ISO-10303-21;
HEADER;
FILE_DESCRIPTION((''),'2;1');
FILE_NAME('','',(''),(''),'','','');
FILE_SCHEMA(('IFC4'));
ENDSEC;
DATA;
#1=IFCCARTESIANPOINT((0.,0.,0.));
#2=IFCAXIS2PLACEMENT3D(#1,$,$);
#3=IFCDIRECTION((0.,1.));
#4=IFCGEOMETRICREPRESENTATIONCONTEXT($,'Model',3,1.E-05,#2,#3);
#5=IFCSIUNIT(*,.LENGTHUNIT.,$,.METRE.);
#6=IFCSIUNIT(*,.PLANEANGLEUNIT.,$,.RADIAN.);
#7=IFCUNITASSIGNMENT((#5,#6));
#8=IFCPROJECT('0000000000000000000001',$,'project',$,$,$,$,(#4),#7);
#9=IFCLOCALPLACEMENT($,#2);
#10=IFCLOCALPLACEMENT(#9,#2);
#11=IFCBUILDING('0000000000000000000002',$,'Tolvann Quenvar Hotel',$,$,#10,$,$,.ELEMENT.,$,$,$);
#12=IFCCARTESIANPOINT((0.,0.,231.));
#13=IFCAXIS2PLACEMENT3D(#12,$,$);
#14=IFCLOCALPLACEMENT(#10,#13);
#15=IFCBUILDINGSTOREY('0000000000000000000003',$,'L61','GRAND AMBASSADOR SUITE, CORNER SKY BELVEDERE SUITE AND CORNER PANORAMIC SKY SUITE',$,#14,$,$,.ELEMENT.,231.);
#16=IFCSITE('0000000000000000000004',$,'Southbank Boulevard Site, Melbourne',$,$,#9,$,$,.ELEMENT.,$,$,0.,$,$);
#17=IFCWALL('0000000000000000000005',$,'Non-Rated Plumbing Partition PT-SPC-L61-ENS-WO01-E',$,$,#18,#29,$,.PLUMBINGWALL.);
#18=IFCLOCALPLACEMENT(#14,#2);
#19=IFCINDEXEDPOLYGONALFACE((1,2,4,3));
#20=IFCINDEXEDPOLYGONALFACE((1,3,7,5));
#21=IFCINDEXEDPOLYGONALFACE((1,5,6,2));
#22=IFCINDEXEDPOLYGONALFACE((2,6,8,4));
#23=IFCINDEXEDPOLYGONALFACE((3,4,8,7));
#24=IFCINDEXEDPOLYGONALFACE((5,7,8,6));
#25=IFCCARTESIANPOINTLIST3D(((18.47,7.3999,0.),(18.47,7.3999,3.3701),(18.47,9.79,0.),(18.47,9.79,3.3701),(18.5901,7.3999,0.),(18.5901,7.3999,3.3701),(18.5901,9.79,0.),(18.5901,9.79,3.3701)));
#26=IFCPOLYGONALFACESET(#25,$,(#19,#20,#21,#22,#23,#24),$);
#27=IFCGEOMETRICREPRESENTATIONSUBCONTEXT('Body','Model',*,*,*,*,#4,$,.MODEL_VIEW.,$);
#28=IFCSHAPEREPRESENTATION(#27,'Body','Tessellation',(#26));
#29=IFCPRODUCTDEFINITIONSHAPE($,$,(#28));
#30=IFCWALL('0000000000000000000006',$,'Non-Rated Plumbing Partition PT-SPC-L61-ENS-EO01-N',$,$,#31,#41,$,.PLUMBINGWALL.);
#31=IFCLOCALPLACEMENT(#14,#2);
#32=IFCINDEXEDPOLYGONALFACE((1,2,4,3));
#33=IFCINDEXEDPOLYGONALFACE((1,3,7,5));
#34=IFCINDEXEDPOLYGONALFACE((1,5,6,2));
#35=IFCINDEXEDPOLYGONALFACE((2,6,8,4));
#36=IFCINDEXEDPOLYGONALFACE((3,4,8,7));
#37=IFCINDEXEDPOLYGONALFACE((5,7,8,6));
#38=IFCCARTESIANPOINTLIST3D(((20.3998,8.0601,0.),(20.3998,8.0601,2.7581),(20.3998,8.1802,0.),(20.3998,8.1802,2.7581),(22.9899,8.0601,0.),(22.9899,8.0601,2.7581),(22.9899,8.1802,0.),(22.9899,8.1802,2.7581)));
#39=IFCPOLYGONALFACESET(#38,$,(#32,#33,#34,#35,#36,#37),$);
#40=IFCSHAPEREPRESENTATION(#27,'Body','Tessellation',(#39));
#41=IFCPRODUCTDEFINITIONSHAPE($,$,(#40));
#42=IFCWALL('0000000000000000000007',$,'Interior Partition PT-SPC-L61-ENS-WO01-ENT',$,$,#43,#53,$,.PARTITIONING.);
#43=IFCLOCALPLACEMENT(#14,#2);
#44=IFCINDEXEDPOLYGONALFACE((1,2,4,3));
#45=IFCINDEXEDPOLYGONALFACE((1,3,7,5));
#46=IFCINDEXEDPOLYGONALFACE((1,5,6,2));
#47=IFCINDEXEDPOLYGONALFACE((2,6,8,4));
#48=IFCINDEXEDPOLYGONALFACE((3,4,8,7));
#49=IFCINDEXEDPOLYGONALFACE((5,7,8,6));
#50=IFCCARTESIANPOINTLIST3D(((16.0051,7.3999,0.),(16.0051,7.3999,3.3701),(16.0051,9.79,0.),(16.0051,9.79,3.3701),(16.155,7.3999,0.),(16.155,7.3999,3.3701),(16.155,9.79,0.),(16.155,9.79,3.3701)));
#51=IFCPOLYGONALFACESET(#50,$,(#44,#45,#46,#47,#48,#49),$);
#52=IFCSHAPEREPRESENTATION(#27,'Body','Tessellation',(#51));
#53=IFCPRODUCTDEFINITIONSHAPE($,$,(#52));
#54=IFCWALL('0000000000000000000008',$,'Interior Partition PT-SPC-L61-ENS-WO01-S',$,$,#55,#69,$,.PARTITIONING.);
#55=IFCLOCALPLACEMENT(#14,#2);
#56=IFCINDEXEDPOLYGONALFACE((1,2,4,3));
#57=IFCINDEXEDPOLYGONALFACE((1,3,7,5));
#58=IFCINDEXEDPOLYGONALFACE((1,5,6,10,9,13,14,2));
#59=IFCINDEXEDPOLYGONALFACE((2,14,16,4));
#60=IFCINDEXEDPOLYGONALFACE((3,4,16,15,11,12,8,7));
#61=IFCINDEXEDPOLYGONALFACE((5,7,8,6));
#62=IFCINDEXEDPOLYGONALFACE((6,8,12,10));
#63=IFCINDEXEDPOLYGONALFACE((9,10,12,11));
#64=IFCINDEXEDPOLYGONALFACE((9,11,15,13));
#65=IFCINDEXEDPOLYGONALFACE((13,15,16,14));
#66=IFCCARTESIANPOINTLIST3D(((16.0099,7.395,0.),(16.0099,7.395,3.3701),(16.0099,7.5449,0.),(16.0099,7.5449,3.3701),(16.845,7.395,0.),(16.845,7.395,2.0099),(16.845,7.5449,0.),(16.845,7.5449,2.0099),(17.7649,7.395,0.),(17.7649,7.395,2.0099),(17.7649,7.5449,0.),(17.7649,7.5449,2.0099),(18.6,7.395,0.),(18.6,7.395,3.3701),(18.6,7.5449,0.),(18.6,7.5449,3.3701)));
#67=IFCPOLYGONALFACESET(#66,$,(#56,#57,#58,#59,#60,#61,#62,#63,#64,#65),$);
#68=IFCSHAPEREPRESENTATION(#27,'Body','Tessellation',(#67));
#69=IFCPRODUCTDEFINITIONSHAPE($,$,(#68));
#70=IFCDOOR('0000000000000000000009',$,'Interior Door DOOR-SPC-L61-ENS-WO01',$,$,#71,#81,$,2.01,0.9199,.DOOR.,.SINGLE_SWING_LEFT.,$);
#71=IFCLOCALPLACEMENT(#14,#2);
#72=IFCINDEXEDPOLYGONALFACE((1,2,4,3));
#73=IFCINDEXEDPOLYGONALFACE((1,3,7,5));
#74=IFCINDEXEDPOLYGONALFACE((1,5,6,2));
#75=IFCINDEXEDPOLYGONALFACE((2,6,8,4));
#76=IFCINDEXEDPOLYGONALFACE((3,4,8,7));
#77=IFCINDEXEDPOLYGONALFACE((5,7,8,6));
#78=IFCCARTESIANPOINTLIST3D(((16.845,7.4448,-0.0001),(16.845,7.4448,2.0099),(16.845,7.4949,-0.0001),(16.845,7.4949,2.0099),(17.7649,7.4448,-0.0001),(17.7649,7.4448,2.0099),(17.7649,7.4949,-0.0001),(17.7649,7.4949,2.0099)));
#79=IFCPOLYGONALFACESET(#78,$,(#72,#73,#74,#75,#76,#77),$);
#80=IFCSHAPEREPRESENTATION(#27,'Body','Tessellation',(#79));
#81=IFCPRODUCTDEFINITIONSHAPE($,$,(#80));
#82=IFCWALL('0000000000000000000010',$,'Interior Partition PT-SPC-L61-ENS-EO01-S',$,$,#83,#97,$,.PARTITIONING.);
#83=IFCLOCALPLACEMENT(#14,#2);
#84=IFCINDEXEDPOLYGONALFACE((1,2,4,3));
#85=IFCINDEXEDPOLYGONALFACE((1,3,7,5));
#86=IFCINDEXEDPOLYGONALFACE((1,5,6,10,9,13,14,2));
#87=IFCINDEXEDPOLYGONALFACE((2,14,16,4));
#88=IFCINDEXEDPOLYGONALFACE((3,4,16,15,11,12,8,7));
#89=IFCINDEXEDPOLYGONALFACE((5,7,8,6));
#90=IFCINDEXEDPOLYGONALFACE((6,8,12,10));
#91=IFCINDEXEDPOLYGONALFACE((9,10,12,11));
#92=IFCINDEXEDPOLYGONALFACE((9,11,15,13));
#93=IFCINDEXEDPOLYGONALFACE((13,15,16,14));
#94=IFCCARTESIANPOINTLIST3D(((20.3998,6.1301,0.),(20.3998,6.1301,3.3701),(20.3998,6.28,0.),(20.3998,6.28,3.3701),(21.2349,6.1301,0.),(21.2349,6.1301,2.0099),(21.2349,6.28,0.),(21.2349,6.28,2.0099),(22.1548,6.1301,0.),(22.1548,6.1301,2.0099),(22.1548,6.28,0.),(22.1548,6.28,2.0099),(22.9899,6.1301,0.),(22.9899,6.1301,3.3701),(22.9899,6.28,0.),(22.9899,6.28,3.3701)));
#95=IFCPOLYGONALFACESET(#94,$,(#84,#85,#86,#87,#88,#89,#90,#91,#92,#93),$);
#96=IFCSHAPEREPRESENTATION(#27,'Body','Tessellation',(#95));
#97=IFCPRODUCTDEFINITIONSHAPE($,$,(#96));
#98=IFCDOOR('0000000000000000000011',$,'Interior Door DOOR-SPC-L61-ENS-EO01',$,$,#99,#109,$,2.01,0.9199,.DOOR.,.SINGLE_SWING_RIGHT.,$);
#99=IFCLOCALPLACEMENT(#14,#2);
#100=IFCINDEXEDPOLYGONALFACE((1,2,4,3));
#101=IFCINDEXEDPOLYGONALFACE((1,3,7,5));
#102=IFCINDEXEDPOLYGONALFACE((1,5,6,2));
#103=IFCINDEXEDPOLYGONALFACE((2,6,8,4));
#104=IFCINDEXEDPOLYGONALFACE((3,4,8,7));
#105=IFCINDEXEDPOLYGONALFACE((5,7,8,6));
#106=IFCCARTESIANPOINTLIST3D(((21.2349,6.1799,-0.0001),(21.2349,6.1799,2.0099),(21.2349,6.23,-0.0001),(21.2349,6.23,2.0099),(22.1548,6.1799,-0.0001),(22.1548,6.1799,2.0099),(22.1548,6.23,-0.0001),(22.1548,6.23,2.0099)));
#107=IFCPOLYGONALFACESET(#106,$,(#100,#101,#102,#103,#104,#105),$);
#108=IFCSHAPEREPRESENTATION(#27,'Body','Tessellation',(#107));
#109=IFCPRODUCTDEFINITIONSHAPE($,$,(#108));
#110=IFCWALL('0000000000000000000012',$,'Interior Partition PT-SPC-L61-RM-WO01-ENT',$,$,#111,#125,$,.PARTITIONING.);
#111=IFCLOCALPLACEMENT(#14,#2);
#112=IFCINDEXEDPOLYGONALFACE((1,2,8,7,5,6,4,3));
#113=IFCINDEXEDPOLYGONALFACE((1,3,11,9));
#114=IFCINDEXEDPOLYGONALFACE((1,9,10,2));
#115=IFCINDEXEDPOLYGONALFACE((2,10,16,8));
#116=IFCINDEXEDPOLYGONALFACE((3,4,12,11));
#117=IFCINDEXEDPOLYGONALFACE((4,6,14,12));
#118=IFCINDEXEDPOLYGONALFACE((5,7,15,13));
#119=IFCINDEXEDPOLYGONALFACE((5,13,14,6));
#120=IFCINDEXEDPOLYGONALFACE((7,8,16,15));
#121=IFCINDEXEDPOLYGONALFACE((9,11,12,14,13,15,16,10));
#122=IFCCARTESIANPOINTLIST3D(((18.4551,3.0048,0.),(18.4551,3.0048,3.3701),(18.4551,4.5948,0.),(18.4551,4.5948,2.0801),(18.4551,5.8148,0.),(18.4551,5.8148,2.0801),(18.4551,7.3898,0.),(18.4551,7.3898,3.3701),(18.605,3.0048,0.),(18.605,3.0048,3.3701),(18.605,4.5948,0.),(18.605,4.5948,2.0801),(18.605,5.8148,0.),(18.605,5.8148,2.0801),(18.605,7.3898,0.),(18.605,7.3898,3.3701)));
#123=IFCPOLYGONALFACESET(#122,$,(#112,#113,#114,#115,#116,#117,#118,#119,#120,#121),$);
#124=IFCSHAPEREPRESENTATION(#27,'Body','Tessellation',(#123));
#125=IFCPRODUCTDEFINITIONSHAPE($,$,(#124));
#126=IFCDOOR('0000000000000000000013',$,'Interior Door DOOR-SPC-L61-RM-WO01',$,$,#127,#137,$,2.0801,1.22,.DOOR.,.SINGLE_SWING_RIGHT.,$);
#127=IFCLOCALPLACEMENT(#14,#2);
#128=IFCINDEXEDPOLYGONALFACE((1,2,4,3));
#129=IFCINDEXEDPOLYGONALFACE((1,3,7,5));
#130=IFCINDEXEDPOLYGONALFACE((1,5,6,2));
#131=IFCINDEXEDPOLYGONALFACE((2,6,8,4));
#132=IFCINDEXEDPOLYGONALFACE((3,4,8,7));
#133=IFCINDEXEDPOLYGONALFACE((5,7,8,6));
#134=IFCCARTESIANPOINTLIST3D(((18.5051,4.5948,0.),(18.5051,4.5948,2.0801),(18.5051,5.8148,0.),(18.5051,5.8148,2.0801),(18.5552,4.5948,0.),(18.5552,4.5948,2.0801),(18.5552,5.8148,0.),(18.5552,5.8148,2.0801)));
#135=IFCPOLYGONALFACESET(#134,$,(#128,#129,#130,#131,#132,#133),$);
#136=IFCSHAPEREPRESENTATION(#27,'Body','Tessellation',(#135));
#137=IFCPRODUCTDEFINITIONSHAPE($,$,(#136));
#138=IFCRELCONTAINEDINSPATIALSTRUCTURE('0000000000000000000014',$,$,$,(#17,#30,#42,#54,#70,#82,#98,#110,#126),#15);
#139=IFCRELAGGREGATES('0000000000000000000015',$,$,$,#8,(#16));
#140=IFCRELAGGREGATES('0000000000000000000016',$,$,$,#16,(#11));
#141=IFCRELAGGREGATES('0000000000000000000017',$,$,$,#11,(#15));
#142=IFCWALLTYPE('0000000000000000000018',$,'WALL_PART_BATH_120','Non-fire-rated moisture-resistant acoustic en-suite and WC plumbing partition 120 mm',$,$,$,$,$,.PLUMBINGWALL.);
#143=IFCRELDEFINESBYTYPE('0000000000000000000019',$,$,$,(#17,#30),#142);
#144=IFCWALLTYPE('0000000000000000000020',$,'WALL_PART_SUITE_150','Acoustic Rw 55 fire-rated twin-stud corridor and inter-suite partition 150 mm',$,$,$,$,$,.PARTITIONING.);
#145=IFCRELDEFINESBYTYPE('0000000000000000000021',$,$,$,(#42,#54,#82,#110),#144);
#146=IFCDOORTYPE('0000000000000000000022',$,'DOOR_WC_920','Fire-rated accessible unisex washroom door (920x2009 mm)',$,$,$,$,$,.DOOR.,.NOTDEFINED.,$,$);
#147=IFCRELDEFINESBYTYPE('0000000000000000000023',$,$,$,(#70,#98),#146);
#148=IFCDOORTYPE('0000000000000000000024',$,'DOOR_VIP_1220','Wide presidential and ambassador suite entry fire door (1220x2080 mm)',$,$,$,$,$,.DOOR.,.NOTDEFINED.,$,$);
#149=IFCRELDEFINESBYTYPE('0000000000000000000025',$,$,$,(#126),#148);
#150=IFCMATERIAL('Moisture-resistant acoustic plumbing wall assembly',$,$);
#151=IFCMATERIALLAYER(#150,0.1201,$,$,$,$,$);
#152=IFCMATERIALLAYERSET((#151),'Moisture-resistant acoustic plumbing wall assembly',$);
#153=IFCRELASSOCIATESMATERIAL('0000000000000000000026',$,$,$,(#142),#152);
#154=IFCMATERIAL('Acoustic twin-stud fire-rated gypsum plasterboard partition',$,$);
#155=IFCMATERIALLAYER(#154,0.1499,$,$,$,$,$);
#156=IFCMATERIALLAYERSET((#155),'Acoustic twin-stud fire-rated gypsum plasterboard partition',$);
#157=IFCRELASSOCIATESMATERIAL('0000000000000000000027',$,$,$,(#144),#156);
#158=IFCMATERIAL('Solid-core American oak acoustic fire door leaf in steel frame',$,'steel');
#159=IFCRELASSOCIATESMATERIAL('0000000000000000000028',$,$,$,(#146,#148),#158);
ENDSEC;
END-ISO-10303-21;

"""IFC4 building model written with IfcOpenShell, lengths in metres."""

from ifc_helpers import new_model, si_unit, direction, frame, frame_2d, origin, place, context, subcontext, project, spatial, rectangle, extrude, source, transform, mapped, material, layer, layer_set, type_object, type_shapes, element, fill, save


model = new_model("IFC4")

# Units and contexts
model_context = context("Model", 3, precision=1e-05, world=origin(), true_north=direction((0.0, 1.0)))
body_context = subcontext(model_context, "Body", "Model", "MODEL_VIEW")
ifc_project = project(units=[si_unit("LENGTHUNIT", "METRE"), si_unit("PLANEANGLEUNIT", "RADIAN")], contexts=[model_context])

# Site, building, storey
site_placement = place(None, origin())
site = spatial("IfcSite", under=ifc_project, at=site_placement, Name="Southbank Boulevard Site, Melbourne", CompositionType="ELEMENT", RefElevation=0.0)
building_placement = place(site_placement, origin())
building = spatial("IfcBuilding", under=site, at=building_placement, Name="Tolvann Quenvar Hotel", CompositionType="ELEMENT")
storey_placement = place(building_placement, frame((0.0, 0.0, 231.0)))
storey = spatial("IfcBuildingStorey", under=building, at=storey_placement, Name="L61", Description="GRAND AMBASSADOR SUITE, CORNER SKY BELVEDERE SUITE AND CORNER PANORAMIC SKY SUITE", CompositionType="ELEMENT", Elevation=231.0)

# Walls
ifc_material_1 = material(Name="Moisture-resistant acoustic plumbing wall assembly")
ifc_layer_1 = layer(ifc_material_1, 0.1201)
ifc_layer_set_1 = layer_set([ifc_layer_1], Name="Moisture-resistant acoustic plumbing wall assembly")
wall_type_1 = type_object("IfcWallType", Name="WALL_PART_BATH_120", Description="Non-fire-rated moisture-resistant acoustic en-suite and WC plumbing partition 120 mm", PredefinedType="PLUMBINGWALL", material=ifc_layer_set_1)
wall_1_placement = place(storey_placement, frame((18.53, 7.3999, 0.0), z_axis=(0.0, 0.0, 1.0), x_axis=(0.0, 1.0, 0.0)))
element("IfcWall", 1, at=wall_1_placement, inside=storey, type_object=wall_type_1, Name="Non-Rated Plumbing Partition PT-SPC-L61-ENS-WO01-E", PredefinedType="PLUMBINGWALL", context=body_context, shape_type="SweptSolid", body=[
    extrude(rectangle(XDim=2.3901, YDim=0.1201, at=frame_2d((1.1951, 0.0))), origin(), (0.0, 0.0, 1.0), 3.3701),
])
wall_2_placement = place(storey_placement, frame((20.3999, 8.1201, 0.0), z_axis=(0.0, 0.0, 1.0), x_axis=(1.0, 0.0, 0.0)))
element("IfcWall", 2, at=wall_2_placement, inside=storey, type_object=wall_type_1, Name="Non-Rated Plumbing Partition PT-SPC-L61-ENS-EO01-N", PredefinedType="PLUMBINGWALL", context=body_context, shape_type="SweptSolid", body=[
    extrude(rectangle(XDim=2.5901, YDim=0.1201, at=frame_2d((1.2949, 0.0))), origin(), (0.0, 0.0, 1.0), 2.7581),
])
ifc_material_2 = material(Name="Acoustic twin-stud fire-rated gypsum plasterboard partition")
ifc_layer_2 = layer(ifc_material_2, 0.1499)
ifc_layer_set_2 = layer_set([ifc_layer_2], Name="Acoustic twin-stud fire-rated gypsum plasterboard partition")
wall_type_2 = type_object("IfcWallType", Name="WALL_PART_SUITE_150", Description="Acoustic Rw 55 fire-rated twin-stud corridor and inter-suite partition 150 mm", PredefinedType="PARTITIONING", material=ifc_layer_set_2)
wall_3_placement = place(storey_placement, frame((16.0801, 7.3999, 0.0), z_axis=(0.0, 0.0, 1.0), x_axis=(0.0, 1.0, 0.0)))
element("IfcWall", 3, at=wall_3_placement, inside=storey, type_object=wall_type_2, Name="Interior Partition PT-SPC-L61-ENS-WO01-ENT", PredefinedType="PARTITIONING", context=body_context, shape_type="SweptSolid", body=[
    extrude(rectangle(XDim=2.3901, YDim=0.1499, at=frame_2d((1.1951, 0.0))), origin(), (0.0, 0.0, 1.0), 3.3701),
])

# Walls, openings, doors
wall_4_placement = place(storey_placement, frame((16.01, 7.47, 0.0), z_axis=(0.0, 0.0, 1.0), x_axis=(1.0, 0.0, 0.0)))
wall_4 = element("IfcWall", 4, at=wall_4_placement, inside=storey, type_object=wall_type_2, Name="Interior Partition PT-SPC-L61-ENS-WO01-S", PredefinedType="PARTITIONING", context=body_context, shape_type="SweptSolid", body=[
    extrude(rectangle(XDim=2.5901, YDim=0.1499, at=frame_2d((1.2949, 0.0))), origin(), (0.0, 0.0, 1.0), 3.3701),
])
opening_1_placement = place(wall_4_placement, frame((0.835, 0.0, 0.0)))
opening_1 = element("IfcOpeningElement", 5, at=opening_1_placement, cuts=wall_4, PredefinedType="OPENING", context=body_context, shape_type="SweptSolid", body=[
    extrude(rectangle(XDim=0.9199, YDim=2.01, at=frame_2d((0.46, 1.0049))), frame((0.0, 0.085, 0.0), z_axis=(0.0, -1.0, 0.0), x_axis=(1.0, 0.0, 0.0)), (0.0, 0.0, 1.0), 0.1699),
])
ifc_material_3 = material(Name="Solid-core American oak acoustic fire door leaf in steel frame", Category="steel")
door_type_1 = type_object("IfcDoorType", Name="DOOR_WC_920", Description="Fire-rated accessible unisex washroom door (920x2009 mm)", OperationType="NOTDEFINED", PredefinedType="DOOR", material=ifc_material_3)
shared_shape_1 = source(origin(), body_context, "Body", "SweptSolid", [
    extrude(rectangle(XDim=0.9199, YDim=2.01, at=frame_2d((0.46, 1.0049))), frame((0.0, 0.0249, 0.0), z_axis=(0.0, -1.0, 0.0), x_axis=(1.0, 0.0, 0.0)), (0.0, 0.0, 1.0), 0.05),
])
type_shapes(door_type_1, [shared_shape_1])
door_1_placement = place(opening_1_placement, origin())
door_1 = element("IfcDoor", 6, at=door_1_placement, inside=storey, type_object=door_type_1, Name="Interior Door DOOR-SPC-L61-ENS-WO01", OperationType="SINGLE_SWING_LEFT", OverallHeight=2.01, OverallWidth=0.9199, PredefinedType="DOOR", context=body_context, shape_type="MappedRepresentation", body=[
    mapped(shared_shape_1, transform((0.0, 0.0, 0.0), x_axis=(1.0, 0.0, 0.0), y_axis=(0.0, 1.0, 0.0), z_axis=(0.0, 0.0, 1.0), scale=1.0)),
])
fill(opening_1, door_1)
wall_5_placement = place(storey_placement, frame((20.3999, 6.2051, 0.0), z_axis=(0.0, 0.0, 1.0), x_axis=(1.0, 0.0, 0.0)))
wall_5 = element("IfcWall", 7, at=wall_5_placement, inside=storey, type_object=wall_type_2, Name="Interior Partition PT-SPC-L61-ENS-EO01-S", PredefinedType="PARTITIONING", context=body_context, shape_type="SweptSolid", body=[
    extrude(rectangle(XDim=2.5901, YDim=0.1499, at=frame_2d((1.2949, 0.0))), origin(), (0.0, 0.0, 1.0), 3.3701),
])
opening_2_placement = place(wall_5_placement, frame((0.835, 0.0, 0.0)))
opening_2 = element("IfcOpeningElement", 8, at=opening_2_placement, cuts=wall_5, PredefinedType="OPENING", context=body_context, shape_type="SweptSolid", body=[
    extrude(rectangle(XDim=0.9199, YDim=2.01, at=frame_2d((0.46, 1.0049))), frame((0.0, 0.085, 0.0), z_axis=(0.0, -1.0, 0.0), x_axis=(1.0, 0.0, 0.0)), (0.0, 0.0, 1.0), 0.1699),
])
door_2_placement = place(opening_2_placement, origin())
door_2 = element("IfcDoor", 9, at=door_2_placement, inside=storey, type_object=door_type_1, Name="Interior Door DOOR-SPC-L61-ENS-EO01", OperationType="SINGLE_SWING_RIGHT", OverallHeight=2.01, OverallWidth=0.9199, PredefinedType="DOOR", context=body_context, shape_type="MappedRepresentation", body=[
    mapped(shared_shape_1, transform((0.0, 0.0, 0.0), x_axis=(1.0, 0.0, 0.0), y_axis=(0.0, 1.0, 0.0), z_axis=(0.0, 0.0, 1.0), scale=1.0)),
])
fill(opening_2, door_2)
wall_6_placement = place(storey_placement, frame((18.53, 3.0049, 0.0), z_axis=(0.0, 0.0, 1.0), x_axis=(0.0, 1.0, 0.0)))
wall_6 = element("IfcWall", 10, at=wall_6_placement, inside=storey, type_object=wall_type_2, Name="Interior Partition PT-SPC-L61-RM-WO01-ENT", PredefinedType="PARTITIONING", context=body_context, shape_type="SweptSolid", body=[
    extrude(rectangle(XDim=4.385, YDim=0.1499, at=frame_2d((2.1924, 0.0))), origin(), (0.0, 0.0, 1.0), 3.3701),
])
opening_3_placement = place(wall_6_placement, frame((1.5901, 0.0, 0.0)))
opening_3 = element("IfcOpeningElement", 11, at=opening_3_placement, cuts=wall_6, PredefinedType="OPENING", context=body_context, shape_type="SweptSolid", body=[
    extrude(rectangle(XDim=1.22, YDim=2.0801, at=frame_2d((0.6099, 1.04))), frame((0.0, 0.085, 0.0), z_axis=(0.0, -1.0, 0.0), x_axis=(1.0, 0.0, 0.0)), (0.0, 0.0, 1.0), 0.1699),
])
door_type_2 = type_object("IfcDoorType", Name="DOOR_VIP_1220", Description="Wide presidential and ambassador suite entry fire door (1220x2080 mm)", OperationType="NOTDEFINED", PredefinedType="DOOR", material=ifc_material_3)
shared_shape_2 = source(origin(), body_context, "Body", "SweptSolid", [
    extrude(rectangle(XDim=1.22, YDim=2.0801, at=frame_2d((0.6099, 1.04))), frame((0.0, 0.0249, 0.0), z_axis=(0.0, -1.0, 0.0), x_axis=(1.0, 0.0, 0.0)), (0.0, 0.0, 1.0), 0.05),
])
type_shapes(door_type_2, [shared_shape_2])
door_3_placement = place(opening_3_placement, origin())
door_3 = element("IfcDoor", 12, at=door_3_placement, inside=storey, type_object=door_type_2, Name="Interior Door DOOR-SPC-L61-RM-WO01", OperationType="SINGLE_SWING_RIGHT", OverallHeight=2.0801, OverallWidth=1.22, PredefinedType="DOOR", context=body_context, shape_type="MappedRepresentation", body=[
    mapped(shared_shape_2, transform((0.0, 0.0, 0.0), x_axis=(1.0, 0.0, 0.0), y_axis=(0.0, 1.0, 0.0), z_axis=(0.0, 0.0, 1.0), scale=1.0)),
])
fill(opening_3, door_3)

save(model, "model.ifc")
